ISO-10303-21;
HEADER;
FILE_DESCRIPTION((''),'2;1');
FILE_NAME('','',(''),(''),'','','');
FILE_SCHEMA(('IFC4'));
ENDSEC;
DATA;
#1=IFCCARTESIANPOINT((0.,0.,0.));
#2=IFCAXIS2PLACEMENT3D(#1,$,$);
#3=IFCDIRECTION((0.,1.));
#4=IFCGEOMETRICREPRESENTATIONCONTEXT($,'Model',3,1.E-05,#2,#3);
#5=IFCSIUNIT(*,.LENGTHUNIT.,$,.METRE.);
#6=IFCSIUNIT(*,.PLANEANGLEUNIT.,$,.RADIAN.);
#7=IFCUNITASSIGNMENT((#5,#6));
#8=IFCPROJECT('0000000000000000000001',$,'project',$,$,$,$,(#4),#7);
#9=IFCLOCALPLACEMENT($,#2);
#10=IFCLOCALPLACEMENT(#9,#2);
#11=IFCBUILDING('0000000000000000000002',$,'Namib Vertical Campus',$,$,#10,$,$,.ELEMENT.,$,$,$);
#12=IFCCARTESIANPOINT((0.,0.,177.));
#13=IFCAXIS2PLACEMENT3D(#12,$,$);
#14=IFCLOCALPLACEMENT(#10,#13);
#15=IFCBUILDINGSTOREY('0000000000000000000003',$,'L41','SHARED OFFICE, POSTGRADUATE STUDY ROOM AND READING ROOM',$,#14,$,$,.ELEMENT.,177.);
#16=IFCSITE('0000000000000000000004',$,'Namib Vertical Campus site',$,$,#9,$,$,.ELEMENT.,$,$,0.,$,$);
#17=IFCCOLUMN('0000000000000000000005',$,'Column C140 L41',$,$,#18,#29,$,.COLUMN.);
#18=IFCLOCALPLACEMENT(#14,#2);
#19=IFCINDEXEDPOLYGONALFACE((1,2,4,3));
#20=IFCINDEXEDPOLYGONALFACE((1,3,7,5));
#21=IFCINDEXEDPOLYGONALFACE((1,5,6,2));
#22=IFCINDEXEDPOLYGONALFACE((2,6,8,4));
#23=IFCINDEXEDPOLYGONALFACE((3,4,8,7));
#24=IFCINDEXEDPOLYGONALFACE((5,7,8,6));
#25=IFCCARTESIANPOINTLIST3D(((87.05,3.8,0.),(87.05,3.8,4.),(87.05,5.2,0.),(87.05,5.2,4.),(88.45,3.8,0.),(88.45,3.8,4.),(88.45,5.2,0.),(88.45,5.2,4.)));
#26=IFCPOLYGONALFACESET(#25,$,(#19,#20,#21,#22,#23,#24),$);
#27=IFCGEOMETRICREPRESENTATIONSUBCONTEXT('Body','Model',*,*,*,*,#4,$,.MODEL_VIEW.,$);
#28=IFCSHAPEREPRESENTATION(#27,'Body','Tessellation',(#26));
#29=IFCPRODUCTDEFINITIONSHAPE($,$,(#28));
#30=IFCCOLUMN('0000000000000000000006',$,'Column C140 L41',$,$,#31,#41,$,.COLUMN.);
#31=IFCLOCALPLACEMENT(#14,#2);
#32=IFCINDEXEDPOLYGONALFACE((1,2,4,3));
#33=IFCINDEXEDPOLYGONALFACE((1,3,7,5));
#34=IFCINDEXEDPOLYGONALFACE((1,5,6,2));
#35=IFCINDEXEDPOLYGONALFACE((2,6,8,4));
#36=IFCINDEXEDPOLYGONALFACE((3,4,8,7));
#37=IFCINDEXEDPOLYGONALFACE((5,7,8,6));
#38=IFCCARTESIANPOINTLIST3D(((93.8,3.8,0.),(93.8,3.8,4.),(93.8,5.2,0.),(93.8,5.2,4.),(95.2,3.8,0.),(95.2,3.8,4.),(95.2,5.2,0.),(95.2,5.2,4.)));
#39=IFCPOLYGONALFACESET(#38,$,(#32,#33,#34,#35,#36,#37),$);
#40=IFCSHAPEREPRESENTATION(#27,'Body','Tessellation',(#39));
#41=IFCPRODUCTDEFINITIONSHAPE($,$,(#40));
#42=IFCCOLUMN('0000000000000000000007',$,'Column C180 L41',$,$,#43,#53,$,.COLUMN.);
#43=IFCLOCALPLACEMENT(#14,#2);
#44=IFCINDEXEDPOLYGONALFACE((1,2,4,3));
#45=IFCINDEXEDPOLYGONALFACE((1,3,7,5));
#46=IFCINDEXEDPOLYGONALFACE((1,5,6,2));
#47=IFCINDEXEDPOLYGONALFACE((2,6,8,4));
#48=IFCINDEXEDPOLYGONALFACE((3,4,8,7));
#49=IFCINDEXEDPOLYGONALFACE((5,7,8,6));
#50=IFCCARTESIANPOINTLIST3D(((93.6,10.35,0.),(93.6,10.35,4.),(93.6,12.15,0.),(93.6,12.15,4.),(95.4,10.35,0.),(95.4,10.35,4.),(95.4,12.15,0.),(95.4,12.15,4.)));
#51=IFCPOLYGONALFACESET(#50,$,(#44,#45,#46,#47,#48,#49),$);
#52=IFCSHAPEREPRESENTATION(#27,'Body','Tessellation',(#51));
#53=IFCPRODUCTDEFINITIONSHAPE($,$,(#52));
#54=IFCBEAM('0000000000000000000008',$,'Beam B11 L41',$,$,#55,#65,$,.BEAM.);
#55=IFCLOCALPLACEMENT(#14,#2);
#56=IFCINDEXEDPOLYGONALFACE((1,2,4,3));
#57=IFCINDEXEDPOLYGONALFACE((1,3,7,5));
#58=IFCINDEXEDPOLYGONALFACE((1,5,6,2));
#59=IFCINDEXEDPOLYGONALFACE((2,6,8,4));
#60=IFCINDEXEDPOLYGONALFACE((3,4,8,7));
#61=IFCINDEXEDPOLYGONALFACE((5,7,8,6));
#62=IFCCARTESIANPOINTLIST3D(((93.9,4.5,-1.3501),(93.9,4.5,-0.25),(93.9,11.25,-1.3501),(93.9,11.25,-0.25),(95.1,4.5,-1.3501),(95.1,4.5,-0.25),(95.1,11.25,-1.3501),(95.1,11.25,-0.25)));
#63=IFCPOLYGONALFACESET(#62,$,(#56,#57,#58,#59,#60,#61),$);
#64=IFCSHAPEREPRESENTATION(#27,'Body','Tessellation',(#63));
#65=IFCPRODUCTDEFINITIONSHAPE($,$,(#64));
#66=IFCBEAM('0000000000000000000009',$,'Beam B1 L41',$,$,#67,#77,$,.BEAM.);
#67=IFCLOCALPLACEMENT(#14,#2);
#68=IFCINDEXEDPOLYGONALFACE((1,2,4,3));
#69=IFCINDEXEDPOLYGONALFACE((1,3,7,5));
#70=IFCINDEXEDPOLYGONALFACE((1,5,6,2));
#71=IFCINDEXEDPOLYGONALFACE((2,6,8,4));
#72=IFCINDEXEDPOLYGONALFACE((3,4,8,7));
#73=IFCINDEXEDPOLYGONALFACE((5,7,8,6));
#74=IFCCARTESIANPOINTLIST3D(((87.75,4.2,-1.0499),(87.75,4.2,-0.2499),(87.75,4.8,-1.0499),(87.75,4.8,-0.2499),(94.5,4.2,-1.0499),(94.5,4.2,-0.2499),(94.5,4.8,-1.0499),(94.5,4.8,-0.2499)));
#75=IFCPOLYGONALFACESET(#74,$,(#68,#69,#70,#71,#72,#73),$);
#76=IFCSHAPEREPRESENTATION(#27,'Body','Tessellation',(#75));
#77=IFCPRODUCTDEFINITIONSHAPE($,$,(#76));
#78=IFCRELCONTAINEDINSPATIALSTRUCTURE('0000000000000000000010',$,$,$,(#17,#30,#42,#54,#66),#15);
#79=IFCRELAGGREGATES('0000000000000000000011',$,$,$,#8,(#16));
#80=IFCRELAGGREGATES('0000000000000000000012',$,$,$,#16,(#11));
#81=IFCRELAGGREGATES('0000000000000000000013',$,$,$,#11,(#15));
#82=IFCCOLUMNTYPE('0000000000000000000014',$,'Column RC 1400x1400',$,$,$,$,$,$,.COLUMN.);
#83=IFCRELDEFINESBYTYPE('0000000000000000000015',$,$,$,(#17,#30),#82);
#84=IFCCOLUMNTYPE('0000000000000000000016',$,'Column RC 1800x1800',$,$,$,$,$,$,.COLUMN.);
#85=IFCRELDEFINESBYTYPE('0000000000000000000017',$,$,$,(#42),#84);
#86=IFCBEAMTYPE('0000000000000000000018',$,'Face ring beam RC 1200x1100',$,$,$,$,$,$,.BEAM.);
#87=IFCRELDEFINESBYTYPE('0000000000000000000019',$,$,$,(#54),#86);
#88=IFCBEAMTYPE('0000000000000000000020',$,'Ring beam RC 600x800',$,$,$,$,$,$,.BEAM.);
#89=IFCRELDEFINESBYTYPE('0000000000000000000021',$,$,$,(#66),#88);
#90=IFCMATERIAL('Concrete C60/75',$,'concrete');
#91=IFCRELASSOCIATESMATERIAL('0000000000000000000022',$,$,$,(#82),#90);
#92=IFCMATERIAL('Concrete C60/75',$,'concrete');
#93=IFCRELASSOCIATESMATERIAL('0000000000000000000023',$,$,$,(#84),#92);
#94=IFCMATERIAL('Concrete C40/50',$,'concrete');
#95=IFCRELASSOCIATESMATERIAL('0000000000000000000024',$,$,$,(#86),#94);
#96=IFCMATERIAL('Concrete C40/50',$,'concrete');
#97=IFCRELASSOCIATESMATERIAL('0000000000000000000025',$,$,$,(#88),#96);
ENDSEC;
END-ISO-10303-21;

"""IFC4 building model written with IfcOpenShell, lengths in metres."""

from ifc_helpers import new_model, si_unit, direction, frame, origin, origin_2d, place, context, subcontext, project, spatial, rectangle, extrude, material, material_profile, profile_set, type_object, element, save


model = new_model("IFC4")

# Units and contexts
model_context = context("Model", 3, precision=1e-05, world=origin(), true_north=direction((0.0, 1.0)))
body_context = subcontext(model_context, "Body", "Model", "MODEL_VIEW")
ifc_project = project(units=[si_unit("LENGTHUNIT", "METRE"), si_unit("PLANEANGLEUNIT", "RADIAN")], contexts=[model_context])

# Site, building, storey
site_placement = place(None, origin())
site = spatial("IfcSite", under=ifc_project, at=site_placement, Name="Namib Vertical Campus site", CompositionType="ELEMENT", RefElevation=0.0)
building_placement = place(site_placement, origin())
building = spatial("IfcBuilding", under=site, at=building_placement, Name="Namib Vertical Campus", CompositionType="ELEMENT")
storey_placement = place(building_placement, frame((0.0, 0.0, 177.0)))
storey = spatial("IfcBuildingStorey", under=building, at=storey_placement, Name="L41", Description="SHARED OFFICE, POSTGRADUATE STUDY ROOM AND READING ROOM", CompositionType="ELEMENT", Elevation=177.0)

# Columns
ifc_material_1 = material(Name="Concrete C60/75", Category="concrete")
ifc_material_profile_1 = material_profile(ifc_material_1, rectangle(XDim=1.3999, YDim=1.3999, at=origin_2d()))
ifc_profile_set_1 = profile_set([ifc_material_profile_1], Name="Concrete C60/75")
column_type_1 = type_object("IfcColumnType", Name="Column RC 1400x1400", PredefinedType="COLUMN", material=ifc_profile_set_1)
for number, where, z_axis, x_axis, name in (
    (1, (87.75, 4.5, 0.0), (0.0, 0.0, 1.0), (1.0, 0.0, 0.0), "Column C140 L41"),
    (2, (94.5, 4.5, 0.0), (0.0, 0.0, 1.0), (1.0, 0.0, 0.0), "Column C140 L41"),
):
    element("IfcColumn", number, at=place(storey_placement, frame(where, z_axis=z_axis, x_axis=x_axis)), inside=storey, type_object=column_type_1, Name=name, PredefinedType="COLUMN", context=body_context, shape_type="SweptSolid", body=[
        extrude(rectangle(XDim=1.3999, YDim=1.3999, at=origin_2d()), origin(), (0.0, 0.0, 1.0), 4.0),
    ])
ifc_material_2 = material(Name="Concrete C60/75", Category="concrete")
ifc_material_profile_2 = material_profile(ifc_material_2, rectangle(XDim=1.8, YDim=1.8, at=origin_2d()))
ifc_profile_set_2 = profile_set([ifc_material_profile_2], Name="Concrete C60/75")
column_type_2 = type_object("IfcColumnType", Name="Column RC 1800x1800", PredefinedType="COLUMN", material=ifc_profile_set_2)
column_placement = place(storey_placement, frame((94.5, 11.25, 0.0), z_axis=(0.0, 0.0, 1.0), x_axis=(1.0, 0.0, 0.0)))
element("IfcColumn", 3, at=column_placement, inside=storey, type_object=column_type_2, Name="Column C180 L41", PredefinedType="COLUMN", context=body_context, shape_type="SweptSolid", body=[
    extrude(rectangle(XDim=1.8, YDim=1.8, at=origin_2d()), origin(), (0.0, 0.0, 1.0), 4.0),
])

# Beams
ifc_material_3 = material(Name="Concrete C40/50", Category="concrete")
ifc_material_profile_3 = material_profile(ifc_material_3, rectangle(XDim=1.2, YDim=1.1001, at=origin_2d()))
ifc_profile_set_3 = profile_set([ifc_material_profile_3], Name="Concrete C40/50")
beam_type_1 = type_object("IfcBeamType", Name="Face ring beam RC 1200x1100", PredefinedType="BEAM", material=ifc_profile_set_3)
beam_1_placement = place(storey_placement, frame((94.5, 4.5, -0.8), z_axis=(0.0, 1.0, 0.0), x_axis=(-1.0, 0.0, 0.0)))
element("IfcBeam", 4, at=beam_1_placement, inside=storey, type_object=beam_type_1, Name="Beam B11 L41", PredefinedType="BEAM", context=body_context, shape_type="SweptSolid", body=[
    extrude(rectangle(XDim=1.2, YDim=1.1001, at=origin_2d()), origin(), (0.0, 0.0, 1.0), 6.75),
])
ifc_material_4 = material(Name="Concrete C40/50", Category="concrete")
ifc_material_profile_4 = material_profile(ifc_material_4, rectangle(XDim=0.6001, YDim=0.8, at=origin_2d()))
ifc_profile_set_4 = profile_set([ifc_material_profile_4], Name="Concrete C40/50")
beam_type_2 = type_object("IfcBeamType", Name="Ring beam RC 600x800", PredefinedType="BEAM", material=ifc_profile_set_4)
beam_2_placement = place(storey_placement, frame((87.75, 4.5, -0.6499), z_axis=(1.0, 0.0, 0.0), x_axis=(0.0, 1.0, 0.0)))
element("IfcBeam", 5, at=beam_2_placement, inside=storey, type_object=beam_type_2, Name="Beam B1 L41", PredefinedType="BEAM", context=body_context, shape_type="SweptSolid", body=[
    extrude(rectangle(XDim=0.6001, YDim=0.8, at=origin_2d()), origin(), (0.0, 0.0, 1.0), 6.75),
])

save(model, "model.ifc")
